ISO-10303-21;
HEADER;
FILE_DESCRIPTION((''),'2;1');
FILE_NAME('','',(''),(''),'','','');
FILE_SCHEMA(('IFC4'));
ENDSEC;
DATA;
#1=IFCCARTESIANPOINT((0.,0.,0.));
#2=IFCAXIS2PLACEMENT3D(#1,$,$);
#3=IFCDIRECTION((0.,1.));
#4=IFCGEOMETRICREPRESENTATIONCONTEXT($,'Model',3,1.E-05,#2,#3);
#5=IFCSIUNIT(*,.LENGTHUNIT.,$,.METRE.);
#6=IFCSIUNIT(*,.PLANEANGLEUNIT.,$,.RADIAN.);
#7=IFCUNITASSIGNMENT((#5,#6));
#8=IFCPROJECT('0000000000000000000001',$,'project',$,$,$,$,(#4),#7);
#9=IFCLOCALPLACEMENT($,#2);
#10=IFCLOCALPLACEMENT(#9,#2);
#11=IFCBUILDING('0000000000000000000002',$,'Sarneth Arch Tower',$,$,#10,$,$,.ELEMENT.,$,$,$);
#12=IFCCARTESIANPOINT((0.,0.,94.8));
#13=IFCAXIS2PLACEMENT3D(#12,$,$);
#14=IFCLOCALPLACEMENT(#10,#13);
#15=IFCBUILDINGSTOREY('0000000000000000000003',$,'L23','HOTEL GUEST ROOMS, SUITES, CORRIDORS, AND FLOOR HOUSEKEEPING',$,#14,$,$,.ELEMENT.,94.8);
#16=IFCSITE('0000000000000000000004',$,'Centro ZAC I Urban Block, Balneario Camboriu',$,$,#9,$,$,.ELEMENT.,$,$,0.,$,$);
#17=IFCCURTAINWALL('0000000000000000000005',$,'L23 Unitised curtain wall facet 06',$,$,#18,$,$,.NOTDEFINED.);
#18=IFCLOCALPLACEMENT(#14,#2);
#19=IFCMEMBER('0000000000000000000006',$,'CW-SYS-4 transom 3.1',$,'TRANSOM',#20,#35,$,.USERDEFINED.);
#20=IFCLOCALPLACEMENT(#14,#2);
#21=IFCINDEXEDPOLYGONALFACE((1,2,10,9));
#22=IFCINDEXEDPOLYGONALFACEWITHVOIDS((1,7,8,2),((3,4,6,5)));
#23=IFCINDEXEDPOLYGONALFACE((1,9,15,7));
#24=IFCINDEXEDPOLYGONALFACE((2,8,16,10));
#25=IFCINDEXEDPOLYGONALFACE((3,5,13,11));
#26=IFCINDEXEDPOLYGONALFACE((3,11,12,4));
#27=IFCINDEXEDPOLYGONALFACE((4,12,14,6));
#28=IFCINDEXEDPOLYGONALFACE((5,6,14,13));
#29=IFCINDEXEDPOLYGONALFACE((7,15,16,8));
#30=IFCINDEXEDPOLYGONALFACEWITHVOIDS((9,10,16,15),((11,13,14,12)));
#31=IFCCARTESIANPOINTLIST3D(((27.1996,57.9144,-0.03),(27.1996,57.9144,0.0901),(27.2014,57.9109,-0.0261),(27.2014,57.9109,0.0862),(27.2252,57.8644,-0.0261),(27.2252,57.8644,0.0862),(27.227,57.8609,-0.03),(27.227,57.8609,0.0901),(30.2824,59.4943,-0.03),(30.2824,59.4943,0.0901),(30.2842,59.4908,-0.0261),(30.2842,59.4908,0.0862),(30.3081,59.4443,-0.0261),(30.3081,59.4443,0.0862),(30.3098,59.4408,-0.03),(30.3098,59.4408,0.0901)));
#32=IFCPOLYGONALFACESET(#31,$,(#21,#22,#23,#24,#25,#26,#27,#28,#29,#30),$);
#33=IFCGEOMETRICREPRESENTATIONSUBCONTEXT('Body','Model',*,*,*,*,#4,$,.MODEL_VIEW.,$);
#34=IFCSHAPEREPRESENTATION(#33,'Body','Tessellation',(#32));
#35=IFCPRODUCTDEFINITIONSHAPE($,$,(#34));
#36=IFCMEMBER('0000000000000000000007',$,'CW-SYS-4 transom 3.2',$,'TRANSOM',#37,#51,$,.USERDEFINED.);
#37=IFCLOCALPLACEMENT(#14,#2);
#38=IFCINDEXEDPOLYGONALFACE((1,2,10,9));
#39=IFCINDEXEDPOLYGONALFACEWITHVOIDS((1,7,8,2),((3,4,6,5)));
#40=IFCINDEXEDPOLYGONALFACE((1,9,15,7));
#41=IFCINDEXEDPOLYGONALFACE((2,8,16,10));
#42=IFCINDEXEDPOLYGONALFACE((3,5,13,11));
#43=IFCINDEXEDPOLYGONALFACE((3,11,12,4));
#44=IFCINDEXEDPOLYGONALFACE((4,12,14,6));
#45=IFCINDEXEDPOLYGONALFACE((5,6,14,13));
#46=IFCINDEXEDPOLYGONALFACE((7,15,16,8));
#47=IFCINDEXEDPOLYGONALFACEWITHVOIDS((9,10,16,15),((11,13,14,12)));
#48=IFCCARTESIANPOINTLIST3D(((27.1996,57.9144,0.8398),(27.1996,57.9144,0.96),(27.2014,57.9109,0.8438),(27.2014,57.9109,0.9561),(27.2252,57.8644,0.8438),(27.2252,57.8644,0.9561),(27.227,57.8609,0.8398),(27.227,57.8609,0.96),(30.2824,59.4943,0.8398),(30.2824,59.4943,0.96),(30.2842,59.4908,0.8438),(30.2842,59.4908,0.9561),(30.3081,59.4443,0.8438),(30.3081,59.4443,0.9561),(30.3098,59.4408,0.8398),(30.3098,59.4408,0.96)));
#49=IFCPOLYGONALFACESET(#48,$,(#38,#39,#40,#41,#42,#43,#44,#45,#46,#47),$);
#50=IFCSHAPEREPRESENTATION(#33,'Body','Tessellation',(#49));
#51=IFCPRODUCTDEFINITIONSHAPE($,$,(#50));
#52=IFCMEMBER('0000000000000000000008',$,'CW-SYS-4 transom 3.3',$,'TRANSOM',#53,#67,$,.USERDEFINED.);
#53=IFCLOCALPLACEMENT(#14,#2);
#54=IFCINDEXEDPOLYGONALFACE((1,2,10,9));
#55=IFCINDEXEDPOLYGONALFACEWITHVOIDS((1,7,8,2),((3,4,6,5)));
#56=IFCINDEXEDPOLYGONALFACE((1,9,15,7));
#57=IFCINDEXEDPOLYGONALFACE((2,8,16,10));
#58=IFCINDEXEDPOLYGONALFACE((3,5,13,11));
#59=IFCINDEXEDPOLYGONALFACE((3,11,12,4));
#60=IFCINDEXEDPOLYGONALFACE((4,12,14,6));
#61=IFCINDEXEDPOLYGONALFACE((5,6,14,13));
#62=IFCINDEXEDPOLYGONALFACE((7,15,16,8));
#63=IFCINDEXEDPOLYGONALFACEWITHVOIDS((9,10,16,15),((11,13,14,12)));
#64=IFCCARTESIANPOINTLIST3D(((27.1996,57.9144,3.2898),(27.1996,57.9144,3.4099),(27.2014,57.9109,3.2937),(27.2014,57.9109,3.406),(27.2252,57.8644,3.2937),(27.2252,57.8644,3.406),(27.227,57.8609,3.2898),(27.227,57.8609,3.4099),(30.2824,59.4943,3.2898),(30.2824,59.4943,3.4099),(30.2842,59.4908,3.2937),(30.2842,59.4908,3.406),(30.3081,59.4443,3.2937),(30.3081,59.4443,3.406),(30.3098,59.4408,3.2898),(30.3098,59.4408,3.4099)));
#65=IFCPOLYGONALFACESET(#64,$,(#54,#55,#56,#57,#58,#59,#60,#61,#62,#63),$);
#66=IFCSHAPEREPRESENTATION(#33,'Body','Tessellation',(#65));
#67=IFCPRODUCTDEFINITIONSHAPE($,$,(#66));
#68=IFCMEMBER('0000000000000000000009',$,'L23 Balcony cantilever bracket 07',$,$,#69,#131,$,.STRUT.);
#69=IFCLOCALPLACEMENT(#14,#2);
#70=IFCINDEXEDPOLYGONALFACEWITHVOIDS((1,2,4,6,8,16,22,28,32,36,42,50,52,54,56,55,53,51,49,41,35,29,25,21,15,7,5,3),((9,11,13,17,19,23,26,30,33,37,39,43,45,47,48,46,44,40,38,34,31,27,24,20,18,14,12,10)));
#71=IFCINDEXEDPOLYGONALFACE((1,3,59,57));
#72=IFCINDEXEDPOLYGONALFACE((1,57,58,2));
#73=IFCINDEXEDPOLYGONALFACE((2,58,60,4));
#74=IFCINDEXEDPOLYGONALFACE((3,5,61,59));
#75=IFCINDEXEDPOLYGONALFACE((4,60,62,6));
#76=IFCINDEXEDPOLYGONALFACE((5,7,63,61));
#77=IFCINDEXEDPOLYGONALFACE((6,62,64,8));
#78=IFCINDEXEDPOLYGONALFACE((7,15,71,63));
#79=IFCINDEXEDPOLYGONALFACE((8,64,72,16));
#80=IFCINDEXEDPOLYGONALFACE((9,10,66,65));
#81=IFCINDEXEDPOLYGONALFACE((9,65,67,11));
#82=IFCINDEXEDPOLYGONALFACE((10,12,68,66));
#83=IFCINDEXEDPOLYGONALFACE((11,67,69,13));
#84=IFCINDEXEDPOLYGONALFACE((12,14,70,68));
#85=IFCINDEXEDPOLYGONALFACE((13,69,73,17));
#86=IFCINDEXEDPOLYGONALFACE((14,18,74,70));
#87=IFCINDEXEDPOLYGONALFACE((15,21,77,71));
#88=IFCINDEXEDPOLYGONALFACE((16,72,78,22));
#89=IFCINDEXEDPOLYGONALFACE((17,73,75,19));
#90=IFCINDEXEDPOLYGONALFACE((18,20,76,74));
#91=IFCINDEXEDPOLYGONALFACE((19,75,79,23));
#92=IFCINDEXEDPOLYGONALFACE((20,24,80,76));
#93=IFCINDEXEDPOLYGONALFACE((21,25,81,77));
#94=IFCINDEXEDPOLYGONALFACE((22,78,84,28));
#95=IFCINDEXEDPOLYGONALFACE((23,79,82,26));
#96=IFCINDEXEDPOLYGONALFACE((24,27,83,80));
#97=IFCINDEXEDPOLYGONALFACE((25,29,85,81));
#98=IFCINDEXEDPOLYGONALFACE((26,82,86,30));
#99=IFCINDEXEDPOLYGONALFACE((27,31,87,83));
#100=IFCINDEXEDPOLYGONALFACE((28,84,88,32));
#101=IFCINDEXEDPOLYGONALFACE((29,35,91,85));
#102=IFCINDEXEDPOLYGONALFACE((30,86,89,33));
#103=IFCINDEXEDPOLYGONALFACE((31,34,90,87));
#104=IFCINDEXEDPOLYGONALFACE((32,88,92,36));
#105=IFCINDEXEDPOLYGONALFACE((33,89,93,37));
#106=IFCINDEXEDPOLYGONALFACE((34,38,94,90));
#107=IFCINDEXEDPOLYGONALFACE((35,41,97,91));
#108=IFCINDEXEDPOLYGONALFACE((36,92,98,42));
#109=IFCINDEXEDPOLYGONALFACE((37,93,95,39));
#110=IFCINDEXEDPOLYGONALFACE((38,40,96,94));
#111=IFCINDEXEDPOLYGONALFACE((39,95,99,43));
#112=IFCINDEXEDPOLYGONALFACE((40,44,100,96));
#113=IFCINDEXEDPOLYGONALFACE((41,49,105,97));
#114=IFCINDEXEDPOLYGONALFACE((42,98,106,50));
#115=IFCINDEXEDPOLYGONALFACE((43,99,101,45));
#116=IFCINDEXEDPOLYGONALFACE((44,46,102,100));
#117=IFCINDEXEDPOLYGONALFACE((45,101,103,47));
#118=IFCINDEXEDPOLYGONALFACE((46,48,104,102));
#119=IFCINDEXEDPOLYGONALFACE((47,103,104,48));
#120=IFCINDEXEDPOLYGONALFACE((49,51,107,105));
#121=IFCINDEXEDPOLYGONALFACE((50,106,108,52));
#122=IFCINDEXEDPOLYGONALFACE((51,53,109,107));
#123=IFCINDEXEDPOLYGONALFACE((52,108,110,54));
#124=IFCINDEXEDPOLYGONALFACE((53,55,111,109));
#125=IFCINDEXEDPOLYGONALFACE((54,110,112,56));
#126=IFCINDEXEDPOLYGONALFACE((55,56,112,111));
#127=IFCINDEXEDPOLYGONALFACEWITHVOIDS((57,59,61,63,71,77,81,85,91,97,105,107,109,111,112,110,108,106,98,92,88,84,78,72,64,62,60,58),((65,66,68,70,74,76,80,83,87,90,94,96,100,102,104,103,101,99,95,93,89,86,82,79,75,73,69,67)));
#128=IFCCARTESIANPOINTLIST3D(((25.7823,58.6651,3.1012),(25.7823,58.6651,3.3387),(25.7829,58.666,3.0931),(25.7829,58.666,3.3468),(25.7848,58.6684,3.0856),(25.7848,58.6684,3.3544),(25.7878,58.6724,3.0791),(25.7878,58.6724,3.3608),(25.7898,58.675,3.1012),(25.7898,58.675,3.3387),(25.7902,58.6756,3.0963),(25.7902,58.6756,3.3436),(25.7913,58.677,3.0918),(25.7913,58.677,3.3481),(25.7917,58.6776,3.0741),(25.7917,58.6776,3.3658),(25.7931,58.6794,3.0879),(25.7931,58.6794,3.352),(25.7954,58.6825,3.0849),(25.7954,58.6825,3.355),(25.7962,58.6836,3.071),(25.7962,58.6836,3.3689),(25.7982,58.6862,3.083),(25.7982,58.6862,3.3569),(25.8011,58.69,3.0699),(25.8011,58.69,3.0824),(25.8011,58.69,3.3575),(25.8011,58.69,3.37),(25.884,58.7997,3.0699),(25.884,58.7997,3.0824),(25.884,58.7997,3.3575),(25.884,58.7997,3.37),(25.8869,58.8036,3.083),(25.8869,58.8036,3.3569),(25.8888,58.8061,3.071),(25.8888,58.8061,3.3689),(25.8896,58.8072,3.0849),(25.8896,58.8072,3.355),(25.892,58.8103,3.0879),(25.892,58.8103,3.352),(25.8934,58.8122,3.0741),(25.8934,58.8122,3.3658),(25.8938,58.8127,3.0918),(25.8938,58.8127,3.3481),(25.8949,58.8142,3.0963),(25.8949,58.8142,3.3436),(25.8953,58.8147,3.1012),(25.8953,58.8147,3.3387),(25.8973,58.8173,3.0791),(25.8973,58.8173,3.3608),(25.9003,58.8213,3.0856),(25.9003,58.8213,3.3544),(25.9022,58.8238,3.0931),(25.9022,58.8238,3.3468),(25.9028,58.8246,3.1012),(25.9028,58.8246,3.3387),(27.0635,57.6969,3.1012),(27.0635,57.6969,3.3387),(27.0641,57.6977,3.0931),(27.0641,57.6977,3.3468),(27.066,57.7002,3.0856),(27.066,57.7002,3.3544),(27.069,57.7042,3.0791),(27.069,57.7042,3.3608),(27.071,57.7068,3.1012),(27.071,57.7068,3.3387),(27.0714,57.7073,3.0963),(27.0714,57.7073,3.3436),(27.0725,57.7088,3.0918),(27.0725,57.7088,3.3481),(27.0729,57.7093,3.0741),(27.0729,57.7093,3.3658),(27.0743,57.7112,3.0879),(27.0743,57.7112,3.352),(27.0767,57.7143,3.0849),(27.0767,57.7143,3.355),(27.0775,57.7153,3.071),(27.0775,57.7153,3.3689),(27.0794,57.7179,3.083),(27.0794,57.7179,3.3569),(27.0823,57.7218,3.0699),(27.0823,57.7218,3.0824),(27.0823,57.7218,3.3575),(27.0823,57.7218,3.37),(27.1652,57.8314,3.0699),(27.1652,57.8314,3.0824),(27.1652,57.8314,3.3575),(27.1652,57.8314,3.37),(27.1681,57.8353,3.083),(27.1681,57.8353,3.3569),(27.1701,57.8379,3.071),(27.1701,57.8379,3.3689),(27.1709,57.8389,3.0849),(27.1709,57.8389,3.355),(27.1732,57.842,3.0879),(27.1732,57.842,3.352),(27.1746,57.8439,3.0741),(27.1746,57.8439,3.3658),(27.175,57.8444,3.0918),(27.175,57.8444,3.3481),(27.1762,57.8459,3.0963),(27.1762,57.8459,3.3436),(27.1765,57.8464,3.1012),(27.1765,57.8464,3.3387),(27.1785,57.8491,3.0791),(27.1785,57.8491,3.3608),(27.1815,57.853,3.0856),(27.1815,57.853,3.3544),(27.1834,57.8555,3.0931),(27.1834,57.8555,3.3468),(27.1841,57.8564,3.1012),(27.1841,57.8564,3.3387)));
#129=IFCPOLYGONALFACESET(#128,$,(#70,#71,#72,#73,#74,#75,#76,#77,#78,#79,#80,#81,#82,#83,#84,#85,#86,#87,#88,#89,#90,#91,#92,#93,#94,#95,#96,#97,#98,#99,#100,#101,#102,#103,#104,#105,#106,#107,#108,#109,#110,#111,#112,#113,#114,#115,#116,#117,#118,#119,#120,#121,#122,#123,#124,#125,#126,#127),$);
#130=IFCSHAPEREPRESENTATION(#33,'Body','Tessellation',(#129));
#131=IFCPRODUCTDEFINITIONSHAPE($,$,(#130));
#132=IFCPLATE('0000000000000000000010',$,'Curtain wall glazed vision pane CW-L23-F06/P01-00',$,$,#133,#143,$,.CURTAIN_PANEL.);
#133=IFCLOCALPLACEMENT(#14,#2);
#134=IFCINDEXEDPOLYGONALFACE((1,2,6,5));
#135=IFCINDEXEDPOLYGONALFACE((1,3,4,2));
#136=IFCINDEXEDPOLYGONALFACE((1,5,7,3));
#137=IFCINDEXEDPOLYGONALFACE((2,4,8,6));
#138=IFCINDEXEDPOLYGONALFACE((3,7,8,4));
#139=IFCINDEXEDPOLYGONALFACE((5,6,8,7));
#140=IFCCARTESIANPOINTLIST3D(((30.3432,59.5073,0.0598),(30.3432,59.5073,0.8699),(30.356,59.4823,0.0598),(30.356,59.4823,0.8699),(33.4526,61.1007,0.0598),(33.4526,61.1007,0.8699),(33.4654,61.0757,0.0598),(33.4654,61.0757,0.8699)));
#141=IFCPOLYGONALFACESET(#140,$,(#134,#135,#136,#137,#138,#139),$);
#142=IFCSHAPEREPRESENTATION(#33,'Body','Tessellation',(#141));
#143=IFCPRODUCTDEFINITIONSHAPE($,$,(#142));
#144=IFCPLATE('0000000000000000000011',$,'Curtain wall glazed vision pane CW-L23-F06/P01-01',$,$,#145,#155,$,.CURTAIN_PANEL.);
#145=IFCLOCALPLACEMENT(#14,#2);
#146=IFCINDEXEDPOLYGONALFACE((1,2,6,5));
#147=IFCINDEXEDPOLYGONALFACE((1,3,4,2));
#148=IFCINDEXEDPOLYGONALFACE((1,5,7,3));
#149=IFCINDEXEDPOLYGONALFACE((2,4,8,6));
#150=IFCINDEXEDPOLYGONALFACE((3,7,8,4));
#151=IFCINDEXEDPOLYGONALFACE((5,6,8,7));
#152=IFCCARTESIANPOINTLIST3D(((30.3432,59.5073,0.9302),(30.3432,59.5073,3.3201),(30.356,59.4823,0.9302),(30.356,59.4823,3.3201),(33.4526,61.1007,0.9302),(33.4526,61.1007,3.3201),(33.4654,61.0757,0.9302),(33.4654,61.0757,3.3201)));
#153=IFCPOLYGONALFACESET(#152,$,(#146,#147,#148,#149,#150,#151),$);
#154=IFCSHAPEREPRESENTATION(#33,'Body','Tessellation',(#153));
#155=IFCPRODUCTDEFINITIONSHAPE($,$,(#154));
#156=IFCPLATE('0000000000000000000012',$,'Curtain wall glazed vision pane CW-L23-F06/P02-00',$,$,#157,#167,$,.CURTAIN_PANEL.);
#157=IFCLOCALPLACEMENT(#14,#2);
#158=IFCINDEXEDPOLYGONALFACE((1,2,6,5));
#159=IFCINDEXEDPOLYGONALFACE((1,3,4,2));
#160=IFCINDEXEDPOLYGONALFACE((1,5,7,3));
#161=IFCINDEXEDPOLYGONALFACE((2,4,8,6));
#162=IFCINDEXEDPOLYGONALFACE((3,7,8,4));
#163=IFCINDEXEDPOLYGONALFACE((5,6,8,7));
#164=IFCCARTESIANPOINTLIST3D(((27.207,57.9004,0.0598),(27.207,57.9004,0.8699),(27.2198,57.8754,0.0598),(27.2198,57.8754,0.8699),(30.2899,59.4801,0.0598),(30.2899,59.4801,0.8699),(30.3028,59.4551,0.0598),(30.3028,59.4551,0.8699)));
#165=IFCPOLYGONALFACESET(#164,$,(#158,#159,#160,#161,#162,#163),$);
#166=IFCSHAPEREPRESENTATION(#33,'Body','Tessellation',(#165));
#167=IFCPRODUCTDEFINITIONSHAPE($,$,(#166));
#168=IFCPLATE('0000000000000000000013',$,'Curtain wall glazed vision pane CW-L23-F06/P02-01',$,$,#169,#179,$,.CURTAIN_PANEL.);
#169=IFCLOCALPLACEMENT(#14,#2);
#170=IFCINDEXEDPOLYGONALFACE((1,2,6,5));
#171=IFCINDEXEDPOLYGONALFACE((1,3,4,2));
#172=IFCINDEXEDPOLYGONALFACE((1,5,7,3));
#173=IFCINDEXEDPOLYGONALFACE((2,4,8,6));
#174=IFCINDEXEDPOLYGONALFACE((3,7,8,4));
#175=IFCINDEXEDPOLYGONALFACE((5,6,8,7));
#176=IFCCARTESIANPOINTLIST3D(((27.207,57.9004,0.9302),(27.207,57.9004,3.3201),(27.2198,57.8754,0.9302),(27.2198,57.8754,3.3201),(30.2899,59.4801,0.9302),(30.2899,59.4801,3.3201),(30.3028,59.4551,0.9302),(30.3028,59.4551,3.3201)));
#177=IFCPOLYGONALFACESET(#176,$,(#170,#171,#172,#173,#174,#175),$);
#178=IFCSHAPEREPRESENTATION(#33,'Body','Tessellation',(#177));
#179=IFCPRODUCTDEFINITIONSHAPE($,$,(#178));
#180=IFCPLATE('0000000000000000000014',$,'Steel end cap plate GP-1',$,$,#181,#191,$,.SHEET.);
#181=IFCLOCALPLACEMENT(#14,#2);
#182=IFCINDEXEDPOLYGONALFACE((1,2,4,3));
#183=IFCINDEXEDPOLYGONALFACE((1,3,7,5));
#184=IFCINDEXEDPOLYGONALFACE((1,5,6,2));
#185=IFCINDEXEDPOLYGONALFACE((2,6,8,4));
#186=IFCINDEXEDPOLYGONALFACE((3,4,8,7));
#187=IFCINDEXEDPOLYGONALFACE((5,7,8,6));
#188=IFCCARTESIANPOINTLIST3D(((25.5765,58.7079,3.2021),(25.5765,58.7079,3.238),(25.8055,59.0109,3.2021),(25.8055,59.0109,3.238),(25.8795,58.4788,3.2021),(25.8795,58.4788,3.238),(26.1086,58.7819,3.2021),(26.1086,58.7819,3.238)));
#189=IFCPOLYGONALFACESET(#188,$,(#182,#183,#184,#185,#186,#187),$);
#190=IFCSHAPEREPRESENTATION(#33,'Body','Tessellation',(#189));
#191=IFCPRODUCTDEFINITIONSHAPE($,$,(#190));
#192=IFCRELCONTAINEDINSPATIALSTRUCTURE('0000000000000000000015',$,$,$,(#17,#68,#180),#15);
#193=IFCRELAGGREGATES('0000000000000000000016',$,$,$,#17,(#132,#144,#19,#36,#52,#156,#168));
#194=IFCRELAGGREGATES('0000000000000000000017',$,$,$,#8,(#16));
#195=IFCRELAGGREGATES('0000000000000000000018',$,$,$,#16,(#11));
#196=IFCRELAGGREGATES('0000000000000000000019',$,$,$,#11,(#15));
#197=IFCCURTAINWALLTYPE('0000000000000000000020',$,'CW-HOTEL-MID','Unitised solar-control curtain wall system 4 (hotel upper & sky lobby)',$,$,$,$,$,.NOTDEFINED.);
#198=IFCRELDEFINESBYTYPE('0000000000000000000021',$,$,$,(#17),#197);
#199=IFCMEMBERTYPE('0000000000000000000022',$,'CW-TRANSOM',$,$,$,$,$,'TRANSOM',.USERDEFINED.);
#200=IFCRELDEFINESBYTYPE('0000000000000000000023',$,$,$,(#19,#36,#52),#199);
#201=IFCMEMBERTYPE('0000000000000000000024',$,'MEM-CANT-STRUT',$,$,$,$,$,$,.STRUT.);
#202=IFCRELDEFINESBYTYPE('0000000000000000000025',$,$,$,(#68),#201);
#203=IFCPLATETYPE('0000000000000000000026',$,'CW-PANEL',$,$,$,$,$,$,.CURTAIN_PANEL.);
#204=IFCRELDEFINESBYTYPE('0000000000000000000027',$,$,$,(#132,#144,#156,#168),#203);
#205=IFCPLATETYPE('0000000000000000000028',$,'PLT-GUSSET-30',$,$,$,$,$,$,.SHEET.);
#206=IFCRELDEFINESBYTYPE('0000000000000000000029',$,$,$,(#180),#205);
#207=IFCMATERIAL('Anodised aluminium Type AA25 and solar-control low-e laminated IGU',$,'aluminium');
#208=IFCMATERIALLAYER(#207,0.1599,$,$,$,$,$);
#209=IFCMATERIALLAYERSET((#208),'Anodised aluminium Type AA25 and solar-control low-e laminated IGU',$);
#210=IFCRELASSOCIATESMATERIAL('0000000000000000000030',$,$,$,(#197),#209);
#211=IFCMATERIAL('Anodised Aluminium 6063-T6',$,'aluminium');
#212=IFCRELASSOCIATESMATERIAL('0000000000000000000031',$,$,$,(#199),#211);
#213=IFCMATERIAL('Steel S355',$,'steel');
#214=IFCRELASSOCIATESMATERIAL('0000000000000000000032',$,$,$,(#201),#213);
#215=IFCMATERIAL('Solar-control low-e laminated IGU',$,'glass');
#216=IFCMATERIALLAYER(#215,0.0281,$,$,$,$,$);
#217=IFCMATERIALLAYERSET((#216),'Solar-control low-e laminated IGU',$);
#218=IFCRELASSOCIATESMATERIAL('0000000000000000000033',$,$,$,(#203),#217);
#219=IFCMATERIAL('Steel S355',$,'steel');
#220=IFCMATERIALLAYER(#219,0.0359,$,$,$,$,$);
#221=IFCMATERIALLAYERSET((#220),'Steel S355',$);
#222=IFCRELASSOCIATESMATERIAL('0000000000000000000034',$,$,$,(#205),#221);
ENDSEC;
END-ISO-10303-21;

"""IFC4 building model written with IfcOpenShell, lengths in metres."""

from ifc_helpers import new_model, si_unit, direction, frame, origin, origin_2d, place, context, subcontext, project, spatial, rectangle, hollow_rectangle, extrude, material, layer, layer_set, material_profile, profile_set, type_object, element, aggregate, save


model = new_model("IFC4")

# Units and contexts
model_context = context("Model", 3, precision=1e-05, world=origin(), true_north=direction((0.0, 1.0)))
body_context = subcontext(model_context, "Body", "Model", "MODEL_VIEW")
ifc_project = project(units=[si_unit("LENGTHUNIT", "METRE"), si_unit("PLANEANGLEUNIT", "RADIAN")], contexts=[model_context])

# Site, building, storey
site_placement = place(None, origin())
site = spatial("IfcSite", under=ifc_project, at=site_placement, Name="Centro ZAC I Urban Block, Balneario Camboriu", CompositionType="ELEMENT", RefElevation=0.0)
building_placement = place(site_placement, origin())
building = spatial("IfcBuilding", under=site, at=building_placement, Name="Sarneth Arch Tower", CompositionType="ELEMENT")
storey_placement = place(building_placement, frame((0.0, 0.0, 94.8)))
storey = spatial("IfcBuildingStorey", under=building, at=storey_placement, Name="L23", Description="HOTEL GUEST ROOMS, SUITES, CORRIDORS, AND FLOOR HOUSEKEEPING", CompositionType="ELEMENT", Elevation=94.8)

# Curtain wall, members
ifc_material_1 = material(Name="Anodised aluminium Type AA25 and solar-control low-e laminated IGU", Category="aluminium")
ifc_layer_1 = layer(ifc_material_1, 0.1599)
ifc_layer_set_1 = layer_set([ifc_layer_1], Name="Anodised aluminium Type AA25 and solar-control low-e laminated IGU")
curtain_wall_type = type_object("IfcCurtainWallType", Name="CW-HOTEL-MID", Description="Unitised solar-control curtain wall system 4 (hotel upper & sky lobby)", PredefinedType="NOTDEFINED", material=ifc_layer_set_1)
curtain_wall_placement = place(storey_placement, origin())
curtain_wall = element("IfcCurtainWall", 1, at=curtain_wall_placement, inside=storey, type_object=curtain_wall_type, Name="L23 Unitised curtain wall facet 06", PredefinedType="NOTDEFINED")
ifc_material_2 = material(Name="Anodised Aluminium 6063-T6", Category="aluminium")
ifc_material_profile_1 = material_profile(ifc_material_2, hollow_rectangle(XDim=0.0601, YDim=0.1201, WallThickness=0.0039, at=origin_2d()), Name="AL-TRAN-120x60x4")
ifc_profile_set_1 = profile_set([ifc_material_profile_1], Name="Anodised Aluminium 6063-T6")
member_type_1 = type_object("IfcMemberType", Name="CW-TRANSOM", ElementType="TRANSOM", PredefinedType="USERDEFINED", material=ifc_profile_set_1)
member_1_placement = place(storey_placement, frame((30.2961, 59.4675, 0.03), z_axis=(-0.889943, -0.456072, 0.0), x_axis=(0.456072, -0.889943, 0.0)))
member_1 = element("IfcMember", 2, at=member_1_placement, type_object=member_type_1, Name="CW-SYS-4 transom 3.1", ObjectType="TRANSOM", PredefinedType="USERDEFINED", context=body_context, shape_type="SweptSolid", body=[
    extrude(hollow_rectangle(XDim=0.0601, YDim=0.1201, WallThickness=0.0039, at=origin_2d()), origin(), (0.0, 0.0, 1.0), 3.4641),
])
member_2_placement = place(storey_placement, frame((30.2961, 59.4675, 0.8999), z_axis=(-0.889943, -0.456072, 0.0), x_axis=(0.456072, -0.889943, 0.0)))
member_2 = element("IfcMember", 3, at=member_2_placement, type_object=member_type_1, Name="CW-SYS-4 transom 3.2", ObjectType="TRANSOM", PredefinedType="USERDEFINED", context=body_context, shape_type="SweptSolid", body=[
    extrude(hollow_rectangle(XDim=0.0601, YDim=0.1201, WallThickness=0.0039, at=origin_2d()), origin(), (0.0, 0.0, 1.0), 3.4641),
])
member_3_placement = place(storey_placement, frame((30.2961, 59.4675, 3.3499), z_axis=(-0.889943, -0.456072, 0.0), x_axis=(0.456072, -0.889943, 0.0)))
member_3 = element("IfcMember", 4, at=member_3_placement, type_object=member_type_1, Name="CW-SYS-4 transom 3.3", ObjectType="TRANSOM", PredefinedType="USERDEFINED", context=body_context, shape_type="SweptSolid", body=[
    extrude(hollow_rectangle(XDim=0.0601, YDim=0.1201, WallThickness=0.0039, at=origin_2d()), origin(), (0.0, 0.0, 1.0), 3.4641),
])

# Member
ifc_material_3 = material(Name="Steel S355", Category="steel")
ifc_material_profile_2 = material_profile(ifc_material_3, hollow_rectangle(XDim=0.2, YDim=0.3, WallThickness=0.0125, InnerFilletRadius=0.0188, OuterFilletRadius=0.0312, at=origin_2d()), Name="RHS300x200x12.5")
ifc_profile_set_2 = profile_set([ifc_material_profile_2], Name="Steel S355")
member_type_2 = type_object("IfcMemberType", Name="MEM-CANT-STRUT", PredefinedType="STRUT", material=ifc_profile_set_2)
member_4_placement = place(storey_placement, frame((27.1238, 57.7766, 3.22), z_axis=(-0.797806, 0.602915, 0.0), x_axis=(-0.602915, -0.797806, 0.0)))
element("IfcMember", 5, at=member_4_placement, inside=storey, type_object=member_type_2, Name="L23 Balcony cantilever bracket 07", PredefinedType="STRUT", context=body_context, shape_type="SweptSolid", body=[
    extrude(hollow_rectangle(XDim=0.2, YDim=0.3, WallThickness=0.0125, InnerFilletRadius=0.0188, OuterFilletRadius=0.0312, at=origin_2d()), origin(), (0.0, 0.0, 1.0), 1.606),
])

# Plates
ifc_material_4 = material(Name="Solar-control low-e laminated IGU", Category="glass")
ifc_layer_2 = layer(ifc_material_4, 0.0281)
ifc_layer_set_2 = layer_set([ifc_layer_2], Name="Solar-control low-e laminated IGU")
plate_type_1 = type_object("IfcPlateType", Name="CW-PANEL", PredefinedType="CURTAIN_PANEL", material=ifc_layer_set_2)
plate_1_placement = place(storey_placement, frame((31.9043, 60.2915, 0.0598), z_axis=(0.0, 0.0, 1.0), x_axis=(-0.889964, -0.456031, 0.0)))
plate_1 = element("IfcPlate", 6, at=plate_1_placement, type_object=plate_type_1, Name="Curtain wall glazed vision pane CW-L23-F06/P01-00", PredefinedType="CURTAIN_PANEL", context=body_context, shape_type="SweptSolid", body=[
    extrude(rectangle(XDim=3.4939, YDim=0.0281, at=origin_2d()), origin(), (0.0, 0.0, 1.0), 0.8101),
])
plate_2_placement = place(storey_placement, frame((31.9043, 60.2915, 0.9302), z_axis=(0.0, 0.0, 1.0), x_axis=(-0.889964, -0.456031, 0.0)))
plate_2 = element("IfcPlate", 7, at=plate_2_placement, type_object=plate_type_1, Name="Curtain wall glazed vision pane CW-L23-F06/P01-01", PredefinedType="CURTAIN_PANEL", context=body_context, shape_type="SweptSolid", body=[
    extrude(rectangle(XDim=3.4939, YDim=0.0281, at=origin_2d()), origin(), (0.0, 0.0, 1.0), 2.3899),
])
plate_3_placement = place(storey_placement, frame((28.7549, 58.6777, 0.0598), z_axis=(0.0, 0.0, 1.0), x_axis=(-0.889964, -0.456031, 0.0)))
plate_3 = element("IfcPlate", 8, at=plate_3_placement, type_object=plate_type_1, Name="Curtain wall glazed vision pane CW-L23-F06/P02-00", PredefinedType="CURTAIN_PANEL", context=body_context, shape_type="SweptSolid", body=[
    extrude(rectangle(XDim=3.4641, YDim=0.0281, at=origin_2d()), origin(), (0.0, 0.0, 1.0), 0.8101),
])
plate_4_placement = place(storey_placement, frame((28.7549, 58.6777, 0.9302), z_axis=(0.0, 0.0, 1.0), x_axis=(-0.889964, -0.456031, 0.0)))
plate_4 = element("IfcPlate", 9, at=plate_4_placement, type_object=plate_type_1, Name="Curtain wall glazed vision pane CW-L23-F06/P02-01", PredefinedType="CURTAIN_PANEL", context=body_context, shape_type="SweptSolid", body=[
    extrude(rectangle(XDim=3.4641, YDim=0.0281, at=origin_2d()), origin(), (0.0, 0.0, 1.0), 2.3899),
])
aggregate(curtain_wall, [plate_1, plate_2, member_1, member_2, member_3, plate_3, plate_4])

# Plate
ifc_material_5 = material(Name="Steel S355", Category="steel")
ifc_layer_3 = layer(ifc_material_5, 0.0359)
ifc_layer_set_3 = layer_set([ifc_layer_3], Name="Steel S355")
plate_type_2 = type_object("IfcPlateType", Name="PLT-GUSSET-30", PredefinedType="SHEET", material=ifc_layer_set_3)
plate_5_placement = place(storey_placement, frame((25.8425, 58.7449, 3.2021), z_axis=(0.0, 0.0, 1.0), x_axis=(-0.797794, 0.60293, 0.0)))
element("IfcPlate", 10, at=plate_5_placement, inside=storey, type_object=plate_type_2, Name="Steel end cap plate GP-1", PredefinedType="SHEET", context=body_context, shape_type="SweptSolid", body=[
    extrude(rectangle(XDim=0.3799, YDim=0.3799, at=origin_2d()), origin(), (0.0, 0.0, 1.0), 0.0359),
])

save(model, "model.ifc")
